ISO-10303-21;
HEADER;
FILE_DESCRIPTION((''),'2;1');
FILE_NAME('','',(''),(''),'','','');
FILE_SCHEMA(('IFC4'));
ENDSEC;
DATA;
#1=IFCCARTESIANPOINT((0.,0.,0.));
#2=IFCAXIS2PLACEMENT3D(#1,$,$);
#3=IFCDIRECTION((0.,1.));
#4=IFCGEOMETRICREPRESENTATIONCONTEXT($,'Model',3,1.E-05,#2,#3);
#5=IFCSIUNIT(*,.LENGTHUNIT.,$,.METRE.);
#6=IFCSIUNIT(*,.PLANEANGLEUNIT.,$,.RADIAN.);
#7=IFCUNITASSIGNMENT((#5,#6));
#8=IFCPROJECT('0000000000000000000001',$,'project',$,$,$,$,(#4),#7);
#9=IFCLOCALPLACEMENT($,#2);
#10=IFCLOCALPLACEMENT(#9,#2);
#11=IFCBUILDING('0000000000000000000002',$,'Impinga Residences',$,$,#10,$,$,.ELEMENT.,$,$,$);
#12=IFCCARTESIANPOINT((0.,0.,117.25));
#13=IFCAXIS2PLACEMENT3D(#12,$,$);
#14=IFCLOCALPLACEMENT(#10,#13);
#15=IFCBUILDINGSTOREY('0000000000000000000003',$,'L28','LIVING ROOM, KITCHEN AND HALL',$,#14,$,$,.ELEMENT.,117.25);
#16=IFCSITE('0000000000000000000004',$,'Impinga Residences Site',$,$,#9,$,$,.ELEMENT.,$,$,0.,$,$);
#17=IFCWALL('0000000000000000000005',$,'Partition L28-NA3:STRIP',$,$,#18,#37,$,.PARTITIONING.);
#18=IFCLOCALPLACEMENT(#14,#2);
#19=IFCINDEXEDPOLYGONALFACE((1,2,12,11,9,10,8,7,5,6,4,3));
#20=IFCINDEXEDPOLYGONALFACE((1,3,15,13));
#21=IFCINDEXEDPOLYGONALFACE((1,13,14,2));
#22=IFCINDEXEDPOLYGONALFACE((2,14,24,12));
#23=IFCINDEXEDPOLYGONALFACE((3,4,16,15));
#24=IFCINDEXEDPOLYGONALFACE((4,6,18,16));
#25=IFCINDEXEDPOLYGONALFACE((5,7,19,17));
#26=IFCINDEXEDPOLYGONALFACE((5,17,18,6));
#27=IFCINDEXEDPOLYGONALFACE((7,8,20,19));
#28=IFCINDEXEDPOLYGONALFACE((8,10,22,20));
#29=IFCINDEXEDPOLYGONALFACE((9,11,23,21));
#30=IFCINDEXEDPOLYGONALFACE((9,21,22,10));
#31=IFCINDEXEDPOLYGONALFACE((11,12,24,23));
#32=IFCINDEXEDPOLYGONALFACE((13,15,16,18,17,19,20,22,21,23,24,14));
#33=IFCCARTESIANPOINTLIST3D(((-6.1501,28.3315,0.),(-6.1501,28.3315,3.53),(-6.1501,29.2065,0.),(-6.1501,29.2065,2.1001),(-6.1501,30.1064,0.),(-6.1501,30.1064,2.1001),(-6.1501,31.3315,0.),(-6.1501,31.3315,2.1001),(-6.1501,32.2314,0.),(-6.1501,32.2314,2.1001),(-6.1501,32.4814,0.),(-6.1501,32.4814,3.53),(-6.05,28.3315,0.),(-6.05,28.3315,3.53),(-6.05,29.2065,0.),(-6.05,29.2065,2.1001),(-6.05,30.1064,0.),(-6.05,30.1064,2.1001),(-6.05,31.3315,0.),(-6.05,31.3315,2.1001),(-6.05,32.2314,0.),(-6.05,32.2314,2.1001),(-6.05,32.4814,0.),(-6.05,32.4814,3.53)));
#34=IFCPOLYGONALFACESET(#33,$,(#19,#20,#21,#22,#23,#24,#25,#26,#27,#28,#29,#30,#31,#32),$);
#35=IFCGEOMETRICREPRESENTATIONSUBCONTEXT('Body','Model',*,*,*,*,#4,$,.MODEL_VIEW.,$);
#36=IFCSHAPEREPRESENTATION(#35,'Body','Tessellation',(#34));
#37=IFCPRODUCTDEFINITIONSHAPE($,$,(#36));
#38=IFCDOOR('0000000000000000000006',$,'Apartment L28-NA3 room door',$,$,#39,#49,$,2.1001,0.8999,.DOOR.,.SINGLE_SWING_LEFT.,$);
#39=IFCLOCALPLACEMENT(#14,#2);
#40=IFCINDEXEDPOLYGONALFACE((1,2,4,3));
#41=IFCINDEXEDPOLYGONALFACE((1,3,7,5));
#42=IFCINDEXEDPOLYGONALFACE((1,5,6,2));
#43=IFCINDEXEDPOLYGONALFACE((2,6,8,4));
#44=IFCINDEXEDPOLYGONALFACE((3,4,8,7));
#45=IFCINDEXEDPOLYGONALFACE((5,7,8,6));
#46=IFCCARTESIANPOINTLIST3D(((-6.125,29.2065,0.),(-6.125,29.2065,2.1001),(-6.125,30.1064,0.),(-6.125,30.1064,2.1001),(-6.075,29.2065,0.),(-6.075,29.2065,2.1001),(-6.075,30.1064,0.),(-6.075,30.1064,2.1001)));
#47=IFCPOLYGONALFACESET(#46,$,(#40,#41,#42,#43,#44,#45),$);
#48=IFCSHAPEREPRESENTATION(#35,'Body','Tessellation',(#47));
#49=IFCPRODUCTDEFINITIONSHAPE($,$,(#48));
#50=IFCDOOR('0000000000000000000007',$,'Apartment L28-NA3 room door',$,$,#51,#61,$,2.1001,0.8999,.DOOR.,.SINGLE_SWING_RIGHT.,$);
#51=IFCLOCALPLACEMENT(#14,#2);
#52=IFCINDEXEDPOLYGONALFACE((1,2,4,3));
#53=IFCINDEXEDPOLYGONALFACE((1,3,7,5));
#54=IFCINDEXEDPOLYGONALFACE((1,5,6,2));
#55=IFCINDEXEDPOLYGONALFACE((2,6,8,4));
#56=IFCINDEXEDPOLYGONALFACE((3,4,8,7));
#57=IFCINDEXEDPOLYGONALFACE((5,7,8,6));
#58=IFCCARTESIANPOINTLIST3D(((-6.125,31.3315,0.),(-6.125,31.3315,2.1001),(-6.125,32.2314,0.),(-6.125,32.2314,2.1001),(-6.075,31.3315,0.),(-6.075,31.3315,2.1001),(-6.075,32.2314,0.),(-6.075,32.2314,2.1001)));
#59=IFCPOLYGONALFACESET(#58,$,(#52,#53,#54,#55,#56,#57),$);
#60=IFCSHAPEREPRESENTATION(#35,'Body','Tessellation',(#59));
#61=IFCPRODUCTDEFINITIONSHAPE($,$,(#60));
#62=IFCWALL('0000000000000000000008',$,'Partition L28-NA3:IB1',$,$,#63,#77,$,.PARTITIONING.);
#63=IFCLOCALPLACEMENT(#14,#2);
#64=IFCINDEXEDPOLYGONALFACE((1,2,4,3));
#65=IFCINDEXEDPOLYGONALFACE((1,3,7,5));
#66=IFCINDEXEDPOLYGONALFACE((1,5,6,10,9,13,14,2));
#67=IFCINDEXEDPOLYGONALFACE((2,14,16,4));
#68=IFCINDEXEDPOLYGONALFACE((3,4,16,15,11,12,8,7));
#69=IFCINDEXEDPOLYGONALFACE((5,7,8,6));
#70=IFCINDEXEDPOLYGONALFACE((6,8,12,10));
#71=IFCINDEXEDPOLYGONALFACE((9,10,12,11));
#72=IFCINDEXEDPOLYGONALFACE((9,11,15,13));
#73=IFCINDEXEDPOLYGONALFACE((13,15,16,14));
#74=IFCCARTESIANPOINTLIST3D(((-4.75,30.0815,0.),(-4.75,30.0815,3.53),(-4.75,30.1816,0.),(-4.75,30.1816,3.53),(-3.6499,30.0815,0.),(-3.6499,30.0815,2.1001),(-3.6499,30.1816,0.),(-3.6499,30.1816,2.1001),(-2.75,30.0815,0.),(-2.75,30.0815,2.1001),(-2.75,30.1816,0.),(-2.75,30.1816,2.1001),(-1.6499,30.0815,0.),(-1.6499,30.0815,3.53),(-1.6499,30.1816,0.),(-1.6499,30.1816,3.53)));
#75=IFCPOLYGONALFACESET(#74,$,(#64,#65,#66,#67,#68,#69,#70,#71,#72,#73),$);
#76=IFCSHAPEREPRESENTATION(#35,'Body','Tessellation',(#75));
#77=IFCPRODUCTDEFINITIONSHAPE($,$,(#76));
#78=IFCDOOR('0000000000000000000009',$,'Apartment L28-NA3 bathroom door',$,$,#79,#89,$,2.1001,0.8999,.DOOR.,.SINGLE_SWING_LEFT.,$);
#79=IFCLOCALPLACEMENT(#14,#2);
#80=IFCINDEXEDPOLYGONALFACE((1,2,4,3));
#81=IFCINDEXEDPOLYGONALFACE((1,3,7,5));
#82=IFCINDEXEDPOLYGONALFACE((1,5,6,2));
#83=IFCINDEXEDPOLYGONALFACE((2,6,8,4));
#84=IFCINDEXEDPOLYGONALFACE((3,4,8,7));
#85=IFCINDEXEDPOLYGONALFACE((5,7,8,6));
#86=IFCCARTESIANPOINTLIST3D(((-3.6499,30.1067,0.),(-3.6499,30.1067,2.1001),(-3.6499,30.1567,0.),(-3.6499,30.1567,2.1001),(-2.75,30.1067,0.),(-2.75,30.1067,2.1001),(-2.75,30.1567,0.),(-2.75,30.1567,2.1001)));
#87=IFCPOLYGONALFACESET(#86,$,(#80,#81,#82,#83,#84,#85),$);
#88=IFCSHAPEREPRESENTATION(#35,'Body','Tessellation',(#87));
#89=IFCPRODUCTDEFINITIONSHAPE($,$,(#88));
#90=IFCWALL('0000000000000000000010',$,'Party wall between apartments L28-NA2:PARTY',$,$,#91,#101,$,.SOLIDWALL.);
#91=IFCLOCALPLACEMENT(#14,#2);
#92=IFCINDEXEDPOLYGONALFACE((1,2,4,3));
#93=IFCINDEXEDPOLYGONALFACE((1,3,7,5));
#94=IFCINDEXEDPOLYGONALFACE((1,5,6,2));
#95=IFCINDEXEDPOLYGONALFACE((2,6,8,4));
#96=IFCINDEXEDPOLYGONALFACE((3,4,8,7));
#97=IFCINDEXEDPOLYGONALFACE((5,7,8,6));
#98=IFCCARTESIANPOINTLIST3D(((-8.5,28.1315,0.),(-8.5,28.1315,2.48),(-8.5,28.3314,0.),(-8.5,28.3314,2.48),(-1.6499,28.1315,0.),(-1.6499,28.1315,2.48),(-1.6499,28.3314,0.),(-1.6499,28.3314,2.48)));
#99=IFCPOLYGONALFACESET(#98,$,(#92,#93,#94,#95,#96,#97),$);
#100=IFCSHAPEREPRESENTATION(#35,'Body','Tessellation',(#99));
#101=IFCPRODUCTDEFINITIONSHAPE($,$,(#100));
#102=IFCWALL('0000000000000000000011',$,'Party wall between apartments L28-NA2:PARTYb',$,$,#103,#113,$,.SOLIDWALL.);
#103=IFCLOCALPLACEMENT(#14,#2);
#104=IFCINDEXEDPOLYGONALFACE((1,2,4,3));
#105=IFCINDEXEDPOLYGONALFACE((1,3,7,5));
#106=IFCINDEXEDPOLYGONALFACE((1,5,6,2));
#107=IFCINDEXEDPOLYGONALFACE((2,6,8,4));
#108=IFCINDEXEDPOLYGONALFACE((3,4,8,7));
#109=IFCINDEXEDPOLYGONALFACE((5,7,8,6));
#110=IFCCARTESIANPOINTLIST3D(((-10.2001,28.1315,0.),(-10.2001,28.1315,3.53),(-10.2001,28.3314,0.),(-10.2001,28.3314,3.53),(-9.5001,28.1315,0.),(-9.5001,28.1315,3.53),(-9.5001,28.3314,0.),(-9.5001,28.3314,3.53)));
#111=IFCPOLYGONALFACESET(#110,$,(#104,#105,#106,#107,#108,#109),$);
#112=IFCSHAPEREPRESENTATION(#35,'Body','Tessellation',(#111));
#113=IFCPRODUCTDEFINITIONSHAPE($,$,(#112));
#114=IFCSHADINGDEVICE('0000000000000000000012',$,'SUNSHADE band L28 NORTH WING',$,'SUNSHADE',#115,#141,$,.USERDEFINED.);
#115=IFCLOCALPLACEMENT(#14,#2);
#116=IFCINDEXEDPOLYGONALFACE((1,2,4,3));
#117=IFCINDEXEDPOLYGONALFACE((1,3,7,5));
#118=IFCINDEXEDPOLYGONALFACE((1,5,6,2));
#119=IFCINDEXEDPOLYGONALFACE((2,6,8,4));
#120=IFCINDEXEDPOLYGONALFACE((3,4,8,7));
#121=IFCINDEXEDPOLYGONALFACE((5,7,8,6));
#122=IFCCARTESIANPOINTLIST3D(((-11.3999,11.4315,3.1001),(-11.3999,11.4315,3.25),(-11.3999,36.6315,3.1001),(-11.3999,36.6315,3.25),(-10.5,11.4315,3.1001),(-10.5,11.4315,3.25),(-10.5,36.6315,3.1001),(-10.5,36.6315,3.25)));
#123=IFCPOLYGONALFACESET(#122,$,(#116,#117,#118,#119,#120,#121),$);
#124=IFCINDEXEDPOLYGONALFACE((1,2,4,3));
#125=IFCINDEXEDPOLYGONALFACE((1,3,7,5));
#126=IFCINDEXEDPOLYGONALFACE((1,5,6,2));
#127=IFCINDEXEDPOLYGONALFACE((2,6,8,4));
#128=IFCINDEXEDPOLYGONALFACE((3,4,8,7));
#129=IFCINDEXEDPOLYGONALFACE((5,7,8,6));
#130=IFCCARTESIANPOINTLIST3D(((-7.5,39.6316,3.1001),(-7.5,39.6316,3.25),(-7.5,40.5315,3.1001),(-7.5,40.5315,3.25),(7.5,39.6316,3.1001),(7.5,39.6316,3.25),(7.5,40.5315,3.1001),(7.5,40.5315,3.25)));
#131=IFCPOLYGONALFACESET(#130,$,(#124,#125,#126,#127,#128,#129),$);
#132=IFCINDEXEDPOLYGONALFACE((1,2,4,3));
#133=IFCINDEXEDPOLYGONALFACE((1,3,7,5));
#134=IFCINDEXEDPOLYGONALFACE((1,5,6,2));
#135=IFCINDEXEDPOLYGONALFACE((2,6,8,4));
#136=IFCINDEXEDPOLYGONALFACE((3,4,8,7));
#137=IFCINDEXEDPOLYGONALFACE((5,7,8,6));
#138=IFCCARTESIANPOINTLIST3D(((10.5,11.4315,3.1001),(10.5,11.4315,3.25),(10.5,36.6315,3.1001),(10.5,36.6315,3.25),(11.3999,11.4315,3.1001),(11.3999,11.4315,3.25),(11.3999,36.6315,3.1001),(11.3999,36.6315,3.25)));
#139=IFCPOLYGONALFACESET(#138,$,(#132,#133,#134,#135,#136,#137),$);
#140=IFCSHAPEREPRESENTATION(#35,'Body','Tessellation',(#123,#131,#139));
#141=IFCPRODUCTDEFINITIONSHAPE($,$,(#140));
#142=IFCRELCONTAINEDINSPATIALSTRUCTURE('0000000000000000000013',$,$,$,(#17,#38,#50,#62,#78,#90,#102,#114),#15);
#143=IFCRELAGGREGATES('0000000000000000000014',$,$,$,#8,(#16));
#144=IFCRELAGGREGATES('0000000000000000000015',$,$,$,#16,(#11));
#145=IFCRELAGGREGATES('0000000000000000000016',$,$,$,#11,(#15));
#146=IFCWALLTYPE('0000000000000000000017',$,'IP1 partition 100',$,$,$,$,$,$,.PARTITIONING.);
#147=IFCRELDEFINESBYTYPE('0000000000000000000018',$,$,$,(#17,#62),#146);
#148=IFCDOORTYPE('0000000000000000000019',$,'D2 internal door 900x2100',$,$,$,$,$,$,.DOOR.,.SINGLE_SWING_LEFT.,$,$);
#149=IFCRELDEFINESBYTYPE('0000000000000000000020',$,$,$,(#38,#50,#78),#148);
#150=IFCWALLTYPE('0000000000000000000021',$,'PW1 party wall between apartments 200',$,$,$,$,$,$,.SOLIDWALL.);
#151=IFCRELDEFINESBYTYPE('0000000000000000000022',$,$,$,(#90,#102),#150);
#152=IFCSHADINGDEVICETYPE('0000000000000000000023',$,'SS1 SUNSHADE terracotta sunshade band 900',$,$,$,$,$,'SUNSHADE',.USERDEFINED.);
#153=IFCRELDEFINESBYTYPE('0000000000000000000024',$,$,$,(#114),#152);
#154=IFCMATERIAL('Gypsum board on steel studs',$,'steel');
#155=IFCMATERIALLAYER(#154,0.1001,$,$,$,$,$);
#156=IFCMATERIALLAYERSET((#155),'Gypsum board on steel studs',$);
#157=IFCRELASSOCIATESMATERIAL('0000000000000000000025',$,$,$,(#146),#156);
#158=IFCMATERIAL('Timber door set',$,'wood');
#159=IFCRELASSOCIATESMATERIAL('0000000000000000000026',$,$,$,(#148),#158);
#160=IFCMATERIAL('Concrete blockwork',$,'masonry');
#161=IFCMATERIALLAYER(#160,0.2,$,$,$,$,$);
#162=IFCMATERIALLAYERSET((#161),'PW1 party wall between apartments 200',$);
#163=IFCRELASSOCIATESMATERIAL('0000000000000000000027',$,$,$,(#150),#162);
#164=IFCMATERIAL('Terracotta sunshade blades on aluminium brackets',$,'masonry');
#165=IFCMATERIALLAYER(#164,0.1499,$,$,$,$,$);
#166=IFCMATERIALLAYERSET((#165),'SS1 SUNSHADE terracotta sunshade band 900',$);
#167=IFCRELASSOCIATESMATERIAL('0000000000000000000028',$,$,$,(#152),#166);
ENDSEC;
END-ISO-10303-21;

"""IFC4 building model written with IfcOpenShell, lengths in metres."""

from ifc_helpers import new_model, si_unit, direction, frame, frame_2d, origin, origin_2d, place, context, subcontext, project, spatial, rectangle, extrude, material, layer, layer_set, type_object, element, fill, save


model = new_model("IFC4")

# Units and contexts
model_context = context("Model", 3, precision=1e-05, world=origin(), true_north=direction((0.0, 1.0)))
body_context = subcontext(model_context, "Body", "Model", "MODEL_VIEW")
ifc_project = project(units=[si_unit("LENGTHUNIT", "METRE"), si_unit("PLANEANGLEUNIT", "RADIAN")], contexts=[model_context])

# Site, building, storey
site_placement = place(None, origin())
site = spatial("IfcSite", under=ifc_project, at=site_placement, Name="Impinga Residences Site", CompositionType="ELEMENT", RefElevation=0.0)
building_placement = place(site_placement, origin())
building = spatial("IfcBuilding", under=site, at=building_placement, Name="Impinga Residences", CompositionType="ELEMENT")
storey_placement = place(building_placement, frame((0.0, 0.0, 117.25)))
storey = spatial("IfcBuildingStorey", under=building, at=storey_placement, Name="L28", Description="LIVING ROOM, KITCHEN AND HALL", CompositionType="ELEMENT", Elevation=117.25)

# Shared definitions
ifc_material_1 = material(Name="Concrete blockwork", Category="masonry")
ifc_material_2 = material(Name="Timber door set", Category="wood")

# Shared definitions
ifc_material_3 = material(Name="Gypsum board on steel studs", Category="steel")
ifc_layer_1 = layer(ifc_material_3, 0.1001)
ifc_layer_set_1 = layer_set([ifc_layer_1], Name="Gypsum board on steel studs")
wall_type_1 = type_object("IfcWallType", Name="IP1 partition 100", PredefinedType="PARTITIONING", material=ifc_layer_set_1)

# Shared definitions
door_type_1 = type_object("IfcDoorType", Name="D2 internal door 900x2100", OperationType="SINGLE_SWING_LEFT", PredefinedType="DOOR", material=ifc_material_2)

# Wall, openings, doors
wall_1_placement = place(storey_placement, frame((-6.1001, 28.3315, 0.0), z_axis=(0.0, 0.0, 1.0), x_axis=(0.0, 1.0, 0.0)))
wall_1 = element("IfcWall", 1, at=wall_1_placement, inside=storey, type_object=wall_type_1, Name="Partition L28-NA3:STRIP", PredefinedType="PARTITIONING", context=body_context, shape_type="SweptSolid", body=[
    extrude(rectangle(XDim=4.1499, YDim=0.1001, at=frame_2d((2.075, 0.0))), origin(), (0.0, 0.0, 1.0), 3.53),
])
opening_1_placement = place(wall_1_placement, frame((0.875, 0.0, 0.0)))
opening_1 = element("IfcOpeningElement", 2, at=opening_1_placement, cuts=wall_1, PredefinedType="OPENING", context=body_context, shape_type="SweptSolid", body=[
    extrude(rectangle(XDim=0.8999, YDim=2.1001, at=frame_2d((0.45, 1.05))), frame((0.0, 0.0601, 0.0), z_axis=(0.0, -1.0, 0.0), x_axis=(1.0, 0.0, 0.0)), (0.0, 0.0, 1.0), 0.1201),
])
opening_2_placement = place(wall_1_placement, frame((3.0, 0.0, 0.0)))
opening_2 = element("IfcOpeningElement", 3, at=opening_2_placement, cuts=wall_1, PredefinedType="OPENING", context=body_context, shape_type="SweptSolid", body=[
    extrude(rectangle(XDim=0.8999, YDim=2.1001, at=frame_2d((0.45, 1.05))), frame((0.0, 0.0601, 0.0), z_axis=(0.0, -1.0, 0.0), x_axis=(1.0, 0.0, 0.0)), (0.0, 0.0, 1.0), 0.1201),
])
door_1_placement = place(opening_1_placement, origin())
door_1 = element("IfcDoor", 4, at=door_1_placement, inside=storey, type_object=door_type_1, Name="Apartment L28-NA3 room door", OperationType="SINGLE_SWING_LEFT", OverallHeight=2.1001, OverallWidth=0.8999, PredefinedType="DOOR", context=body_context, shape_type="SweptSolid", body=[
    extrude(rectangle(XDim=0.8999, YDim=2.1001, at=frame_2d((0.45, 1.05))), frame((0.0, 0.0249, 0.0), z_axis=(0.0, -1.0, 0.0), x_axis=(1.0, 0.0, 0.0)), (0.0, 0.0, 1.0), 0.05),
])
fill(opening_1, door_1)
door_2_placement = place(opening_2_placement, origin())
door_2 = element("IfcDoor", 5, at=door_2_placement, inside=storey, type_object=door_type_1, Name="Apartment L28-NA3 room door", OperationType="SINGLE_SWING_RIGHT", OverallHeight=2.1001, OverallWidth=0.8999, PredefinedType="DOOR", context=body_context, shape_type="SweptSolid", body=[
    extrude(rectangle(XDim=0.8999, YDim=2.1001, at=frame_2d((0.45, 1.05))), frame((0.0, 0.0249, 0.0), z_axis=(0.0, -1.0, 0.0), x_axis=(1.0, 0.0, 0.0)), (0.0, 0.0, 1.0), 0.05),
])
fill(opening_2, door_2)

# Wall, opening, door
wall_2_placement = place(storey_placement, frame((-1.6499, 30.1316, 0.0), z_axis=(0.0, 0.0, 1.0), x_axis=(-1.0, 0.0, 0.0)))
wall_2 = element("IfcWall", 6, at=wall_2_placement, inside=storey, type_object=wall_type_1, Name="Partition L28-NA3:IB1", PredefinedType="PARTITIONING", context=body_context, shape_type="SweptSolid", body=[
    extrude(rectangle(XDim=3.1001, YDim=0.1001, at=frame_2d((1.55, 0.0))), origin(), (0.0, 0.0, 1.0), 3.53),
])
opening_3_placement = place(wall_2_placement, frame((1.1001, 0.0, 0.0)))
opening_3 = element("IfcOpeningElement", 7, at=opening_3_placement, cuts=wall_2, PredefinedType="OPENING", context=body_context, shape_type="SweptSolid", body=[
    extrude(rectangle(XDim=0.8999, YDim=2.1001, at=frame_2d((0.45, 1.05))), frame((0.0, 0.0601, 0.0), z_axis=(0.0, -1.0, 0.0), x_axis=(1.0, 0.0, 0.0)), (0.0, 0.0, 1.0), 0.1201),
])
door_3_placement = place(opening_3_placement, origin())
door_3 = element("IfcDoor", 8, at=door_3_placement, inside=storey, type_object=door_type_1, Name="Apartment L28-NA3 bathroom door", OperationType="SINGLE_SWING_LEFT", OverallHeight=2.1001, OverallWidth=0.8999, PredefinedType="DOOR", context=body_context, shape_type="SweptSolid", body=[
    extrude(rectangle(XDim=0.8999, YDim=2.1001, at=frame_2d((0.45, 1.05))), frame((0.0, 0.0249, 0.0), z_axis=(0.0, -1.0, 0.0), x_axis=(1.0, 0.0, 0.0)), (0.0, 0.0, 1.0), 0.05),
])
fill(opening_3, door_3)

# Walls
ifc_layer_2 = layer(ifc_material_1, 0.2)
ifc_layer_set_2 = layer_set([ifc_layer_2], Name="PW1 party wall between apartments 200")
wall_type_2 = type_object("IfcWallType", Name="PW1 party wall between apartments 200", PredefinedType="SOLIDWALL", material=ifc_layer_set_2)
wall_3_placement = place(storey_placement, frame((-1.6499, 28.2314, 0.0), z_axis=(0.0, 0.0, 1.0), x_axis=(-1.0, 0.0, 0.0)))
element("IfcWall", 9, at=wall_3_placement, inside=storey, type_object=wall_type_2, Name="Party wall between apartments L28-NA2:PARTY", PredefinedType="SOLIDWALL", context=body_context, shape_type="SweptSolid", body=[
    extrude(rectangle(XDim=6.8501, YDim=0.2, at=frame_2d((3.425, 0.0))), origin(), (0.0, 0.0, 1.0), 2.48),
])
wall_4_placement = place(storey_placement, frame((-9.5, 28.2314, 0.0), z_axis=(0.0, 0.0, 1.0), x_axis=(-1.0, 0.0, 0.0)))
element("IfcWall", 10, at=wall_4_placement, inside=storey, type_object=wall_type_2, Name="Party wall between apartments L28-NA2:PARTYb", PredefinedType="SOLIDWALL", context=body_context, shape_type="SweptSolid", body=[
    extrude(rectangle(XDim=0.7, YDim=0.2, at=frame_2d((0.3501, 0.0))), origin(), (0.0, 0.0, 1.0), 3.53),
])

# Shading device
ifc_material_4 = material(Name="Terracotta sunshade blades on aluminium brackets", Category="masonry")
ifc_layer_3 = layer(ifc_material_4, 0.1499)
ifc_layer_set_3 = layer_set([ifc_layer_3], Name="SS1 SUNSHADE terracotta sunshade band 900")
shading_device_type = type_object("IfcShadingDeviceType", Name="SS1 SUNSHADE terracotta sunshade band 900", ElementType="SUNSHADE", PredefinedType="USERDEFINED", material=ifc_layer_set_3)
shading_device_placement = place(storey_placement, frame((-10.95, 24.0315, 3.1001), z_axis=(0.0, 0.0, 1.0), x_axis=(0.0, 1.0, 0.0)))
element("IfcShadingDevice", 11, at=shading_device_placement, inside=storey, type_object=shading_device_type, Name="SUNSHADE band L28 NORTH WING", ObjectType="SUNSHADE", PredefinedType="USERDEFINED", context=body_context, shape_type="SweptSolid", body=[
    extrude(rectangle(XDim=25.2, YDim=0.8999, at=origin_2d()), origin(), (0.0, 0.0, 1.0), 0.1499),
    extrude(rectangle(XDim=15.0, YDim=0.8999, at=origin_2d()), frame((16.05, -10.95, 0.0), z_axis=(0.0, 0.0, 1.0), x_axis=(0.0, -1.0, 0.0)), (0.0, 0.0, 1.0), 0.1499),
    extrude(rectangle(XDim=25.2, YDim=0.8999, at=origin_2d()), frame((0.0, -21.8999, 0.0), z_axis=(0.0, 0.0, 1.0), x_axis=(-1.0, 0.0, 0.0)), (0.0, 0.0, 1.0), 0.1499),
])

save(model, "model.ifc")
